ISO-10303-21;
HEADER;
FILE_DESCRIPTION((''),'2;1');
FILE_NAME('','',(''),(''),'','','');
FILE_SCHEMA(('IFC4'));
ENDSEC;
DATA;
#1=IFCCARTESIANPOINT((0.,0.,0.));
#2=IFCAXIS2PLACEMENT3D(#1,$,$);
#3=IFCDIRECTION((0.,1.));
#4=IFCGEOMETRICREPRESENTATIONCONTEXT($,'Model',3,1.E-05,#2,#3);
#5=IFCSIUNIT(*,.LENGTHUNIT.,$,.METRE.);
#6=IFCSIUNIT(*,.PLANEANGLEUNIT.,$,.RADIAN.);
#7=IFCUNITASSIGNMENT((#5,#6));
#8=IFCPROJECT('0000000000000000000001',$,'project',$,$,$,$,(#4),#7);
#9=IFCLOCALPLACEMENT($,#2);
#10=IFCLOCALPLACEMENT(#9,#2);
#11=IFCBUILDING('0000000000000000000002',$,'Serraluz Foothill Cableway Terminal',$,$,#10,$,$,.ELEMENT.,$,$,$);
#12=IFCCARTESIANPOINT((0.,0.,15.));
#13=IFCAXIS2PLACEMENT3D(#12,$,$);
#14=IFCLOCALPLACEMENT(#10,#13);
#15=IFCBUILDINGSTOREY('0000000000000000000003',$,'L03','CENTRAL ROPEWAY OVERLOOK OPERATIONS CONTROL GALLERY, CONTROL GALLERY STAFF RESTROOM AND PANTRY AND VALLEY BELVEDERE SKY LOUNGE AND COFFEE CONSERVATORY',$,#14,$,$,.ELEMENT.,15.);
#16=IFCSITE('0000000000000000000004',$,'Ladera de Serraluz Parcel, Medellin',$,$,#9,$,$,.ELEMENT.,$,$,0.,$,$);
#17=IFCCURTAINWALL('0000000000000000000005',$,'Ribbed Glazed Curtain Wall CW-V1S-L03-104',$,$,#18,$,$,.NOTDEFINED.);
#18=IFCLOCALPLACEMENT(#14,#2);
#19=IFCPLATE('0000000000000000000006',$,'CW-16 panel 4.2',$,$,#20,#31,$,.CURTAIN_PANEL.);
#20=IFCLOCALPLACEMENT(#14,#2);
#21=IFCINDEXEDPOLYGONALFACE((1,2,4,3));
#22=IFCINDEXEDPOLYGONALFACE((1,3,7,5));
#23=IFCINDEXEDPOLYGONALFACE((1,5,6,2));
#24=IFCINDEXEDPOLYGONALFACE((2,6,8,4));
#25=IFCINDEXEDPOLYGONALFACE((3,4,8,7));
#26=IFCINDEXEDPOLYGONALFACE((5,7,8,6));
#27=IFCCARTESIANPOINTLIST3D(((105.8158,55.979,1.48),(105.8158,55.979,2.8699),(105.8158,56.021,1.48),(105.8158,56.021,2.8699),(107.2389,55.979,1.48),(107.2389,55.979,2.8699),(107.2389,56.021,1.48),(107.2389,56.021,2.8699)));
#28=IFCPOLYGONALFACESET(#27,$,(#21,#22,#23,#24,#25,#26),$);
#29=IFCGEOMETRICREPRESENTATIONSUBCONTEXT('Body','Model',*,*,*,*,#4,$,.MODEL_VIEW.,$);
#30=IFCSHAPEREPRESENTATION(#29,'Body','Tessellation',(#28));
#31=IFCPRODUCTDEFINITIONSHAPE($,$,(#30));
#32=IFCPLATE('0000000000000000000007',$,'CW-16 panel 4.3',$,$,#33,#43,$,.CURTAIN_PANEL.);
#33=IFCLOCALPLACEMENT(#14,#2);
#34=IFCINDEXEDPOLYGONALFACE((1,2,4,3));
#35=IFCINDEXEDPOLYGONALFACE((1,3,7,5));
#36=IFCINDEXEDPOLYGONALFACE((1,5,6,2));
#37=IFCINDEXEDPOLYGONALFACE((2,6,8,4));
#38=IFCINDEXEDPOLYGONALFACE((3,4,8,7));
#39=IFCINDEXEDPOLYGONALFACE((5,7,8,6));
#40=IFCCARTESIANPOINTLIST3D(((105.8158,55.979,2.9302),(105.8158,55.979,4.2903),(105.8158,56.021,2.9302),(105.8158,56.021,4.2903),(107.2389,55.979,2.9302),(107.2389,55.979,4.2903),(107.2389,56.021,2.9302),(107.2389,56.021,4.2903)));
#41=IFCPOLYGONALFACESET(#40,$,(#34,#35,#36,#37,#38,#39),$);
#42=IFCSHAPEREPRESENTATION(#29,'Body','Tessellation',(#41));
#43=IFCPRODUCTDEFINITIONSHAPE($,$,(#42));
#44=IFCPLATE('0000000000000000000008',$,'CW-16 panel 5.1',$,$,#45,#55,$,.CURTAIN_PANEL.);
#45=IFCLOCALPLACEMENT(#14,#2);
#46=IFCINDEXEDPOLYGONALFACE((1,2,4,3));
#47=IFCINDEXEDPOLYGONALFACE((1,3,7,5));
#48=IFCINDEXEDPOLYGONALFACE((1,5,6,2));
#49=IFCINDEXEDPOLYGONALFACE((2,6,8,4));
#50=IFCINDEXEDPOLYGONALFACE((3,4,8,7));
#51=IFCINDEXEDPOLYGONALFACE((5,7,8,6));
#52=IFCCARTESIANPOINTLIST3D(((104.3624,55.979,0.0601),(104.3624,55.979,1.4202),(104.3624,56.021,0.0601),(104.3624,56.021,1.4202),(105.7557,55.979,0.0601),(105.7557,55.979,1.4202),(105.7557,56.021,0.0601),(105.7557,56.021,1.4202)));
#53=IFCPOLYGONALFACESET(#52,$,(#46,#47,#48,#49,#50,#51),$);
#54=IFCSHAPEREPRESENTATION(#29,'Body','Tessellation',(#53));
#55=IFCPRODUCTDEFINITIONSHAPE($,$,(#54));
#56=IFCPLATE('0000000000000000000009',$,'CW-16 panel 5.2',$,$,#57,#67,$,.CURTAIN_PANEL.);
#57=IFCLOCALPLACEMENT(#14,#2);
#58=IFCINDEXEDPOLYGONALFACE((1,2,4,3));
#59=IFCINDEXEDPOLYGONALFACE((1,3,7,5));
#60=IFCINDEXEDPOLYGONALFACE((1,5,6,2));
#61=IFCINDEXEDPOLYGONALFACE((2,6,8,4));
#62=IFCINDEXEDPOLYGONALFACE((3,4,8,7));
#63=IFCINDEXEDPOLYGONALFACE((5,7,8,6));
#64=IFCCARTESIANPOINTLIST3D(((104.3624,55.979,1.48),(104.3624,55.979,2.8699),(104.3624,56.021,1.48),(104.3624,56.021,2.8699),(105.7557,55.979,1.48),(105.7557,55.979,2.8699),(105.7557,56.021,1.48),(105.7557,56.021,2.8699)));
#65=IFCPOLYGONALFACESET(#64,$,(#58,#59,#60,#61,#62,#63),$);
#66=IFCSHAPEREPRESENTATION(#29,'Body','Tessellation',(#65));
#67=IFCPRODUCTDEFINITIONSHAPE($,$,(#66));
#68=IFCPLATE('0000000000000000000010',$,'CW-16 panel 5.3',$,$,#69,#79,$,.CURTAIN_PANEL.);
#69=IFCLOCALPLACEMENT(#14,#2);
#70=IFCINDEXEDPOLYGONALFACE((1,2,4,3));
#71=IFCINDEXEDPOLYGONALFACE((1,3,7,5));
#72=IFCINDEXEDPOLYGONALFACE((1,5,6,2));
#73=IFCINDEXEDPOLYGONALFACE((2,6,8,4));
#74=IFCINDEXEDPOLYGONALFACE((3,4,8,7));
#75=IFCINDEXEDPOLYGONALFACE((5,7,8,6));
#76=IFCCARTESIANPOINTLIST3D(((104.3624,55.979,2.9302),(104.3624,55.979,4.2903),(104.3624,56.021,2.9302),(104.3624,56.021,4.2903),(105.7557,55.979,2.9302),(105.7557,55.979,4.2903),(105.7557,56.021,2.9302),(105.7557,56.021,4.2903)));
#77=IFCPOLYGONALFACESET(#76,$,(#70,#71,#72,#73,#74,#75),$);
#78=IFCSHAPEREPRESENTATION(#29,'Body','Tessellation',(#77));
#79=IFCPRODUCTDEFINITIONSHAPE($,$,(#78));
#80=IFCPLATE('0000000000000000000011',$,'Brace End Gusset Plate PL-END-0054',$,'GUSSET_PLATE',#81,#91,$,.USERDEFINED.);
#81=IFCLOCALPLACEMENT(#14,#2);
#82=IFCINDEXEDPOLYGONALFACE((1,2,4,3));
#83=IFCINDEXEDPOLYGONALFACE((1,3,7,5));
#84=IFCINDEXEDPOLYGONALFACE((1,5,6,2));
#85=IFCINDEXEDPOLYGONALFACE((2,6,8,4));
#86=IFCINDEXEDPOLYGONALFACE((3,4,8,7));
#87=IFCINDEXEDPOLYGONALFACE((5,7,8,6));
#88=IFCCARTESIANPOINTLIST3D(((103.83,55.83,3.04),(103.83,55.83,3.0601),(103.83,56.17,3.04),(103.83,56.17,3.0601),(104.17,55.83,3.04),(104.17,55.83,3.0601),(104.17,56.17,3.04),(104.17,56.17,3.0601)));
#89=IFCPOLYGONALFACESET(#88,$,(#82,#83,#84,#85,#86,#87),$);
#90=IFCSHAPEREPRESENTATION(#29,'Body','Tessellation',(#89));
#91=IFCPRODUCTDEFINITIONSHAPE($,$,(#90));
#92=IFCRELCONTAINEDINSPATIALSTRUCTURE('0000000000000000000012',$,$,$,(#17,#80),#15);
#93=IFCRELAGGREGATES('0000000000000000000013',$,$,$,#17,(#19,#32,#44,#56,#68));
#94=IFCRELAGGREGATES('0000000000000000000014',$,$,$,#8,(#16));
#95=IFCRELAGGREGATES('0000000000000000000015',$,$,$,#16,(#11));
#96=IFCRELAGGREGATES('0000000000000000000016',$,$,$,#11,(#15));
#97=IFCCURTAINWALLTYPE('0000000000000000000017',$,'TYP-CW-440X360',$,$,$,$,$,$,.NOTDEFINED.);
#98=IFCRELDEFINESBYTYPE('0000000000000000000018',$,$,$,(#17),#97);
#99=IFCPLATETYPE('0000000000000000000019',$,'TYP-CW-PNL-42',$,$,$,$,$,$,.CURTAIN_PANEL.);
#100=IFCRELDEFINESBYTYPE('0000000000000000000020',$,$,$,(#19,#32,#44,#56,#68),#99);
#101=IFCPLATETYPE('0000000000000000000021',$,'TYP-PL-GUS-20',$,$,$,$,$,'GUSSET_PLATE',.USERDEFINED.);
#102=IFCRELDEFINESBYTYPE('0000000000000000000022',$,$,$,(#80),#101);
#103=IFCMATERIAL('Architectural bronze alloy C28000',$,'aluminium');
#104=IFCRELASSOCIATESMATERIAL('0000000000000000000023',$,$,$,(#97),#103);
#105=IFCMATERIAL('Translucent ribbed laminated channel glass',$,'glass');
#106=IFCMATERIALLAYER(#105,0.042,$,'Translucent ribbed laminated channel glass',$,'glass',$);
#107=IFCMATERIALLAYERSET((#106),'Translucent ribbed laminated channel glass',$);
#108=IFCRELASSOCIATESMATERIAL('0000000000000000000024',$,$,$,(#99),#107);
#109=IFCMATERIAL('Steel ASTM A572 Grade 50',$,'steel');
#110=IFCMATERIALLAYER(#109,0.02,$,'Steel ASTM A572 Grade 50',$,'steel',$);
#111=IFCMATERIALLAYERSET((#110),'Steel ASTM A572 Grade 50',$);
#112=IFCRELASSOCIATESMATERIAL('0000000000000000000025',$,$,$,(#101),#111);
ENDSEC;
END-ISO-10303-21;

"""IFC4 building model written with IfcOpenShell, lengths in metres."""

from ifc_helpers import new_model, si_unit, direction, frame, origin, origin_2d, place, context, subcontext, project, spatial, rectangle, extrude, material, layer, layer_set, type_object, element, aggregate, save


model = new_model("IFC4")

# Units and contexts
model_context = context("Model", 3, precision=1e-05, world=origin(), true_north=direction((0.0, 1.0)))
body_context = subcontext(model_context, "Body", "Model", "MODEL_VIEW")
ifc_project = project(units=[si_unit("LENGTHUNIT", "METRE"), si_unit("PLANEANGLEUNIT", "RADIAN")], contexts=[model_context])

# Site, building, storey
site_placement = place(None, origin())
site = spatial("IfcSite", under=ifc_project, at=site_placement, Name="Ladera de Serraluz Parcel, Medellin", CompositionType="ELEMENT", RefElevation=0.0)
building_placement = place(site_placement, origin())
building = spatial("IfcBuilding", under=site, at=building_placement, Name="Serraluz Foothill Cableway Terminal", CompositionType="ELEMENT")
storey_placement = place(building_placement, frame((0.0, 0.0, 15.0)))
storey = spatial("IfcBuildingStorey", under=building, at=storey_placement, Name="L03", Description="CENTRAL ROPEWAY OVERLOOK OPERATIONS CONTROL GALLERY, CONTROL GALLERY STAFF RESTROOM AND PANTRY AND VALLEY BELVEDERE SKY LOUNGE AND COFFEE CONSERVATORY", CompositionType="ELEMENT", Elevation=15.0)

# Curtain wall
ifc_material_1 = material(Name="Architectural bronze alloy C28000", Category="aluminium")
curtain_wall_type_1 = type_object("IfcCurtainWallType", Name="TYP-CW-440X360", PredefinedType="NOTDEFINED", material=ifc_material_1)
curtain_wall_1_placement = place(storey_placement, origin())
curtain_wall_1 = element("IfcCurtainWall", 1, at=curtain_wall_1_placement, inside=storey, type_object=curtain_wall_type_1, Name="Ribbed Glazed Curtain Wall CW-V1S-L03-104", PredefinedType="NOTDEFINED")

# Shared definitions
ifc_material_2 = material(Name="Steel ASTM A572 Grade 50", Category="steel")

# Plates
ifc_material_3 = material(Name="Translucent ribbed laminated channel glass", Category="glass")
ifc_layer_1 = layer(ifc_material_3, 0.042, Name="Translucent ribbed laminated channel glass", Category="glass")
ifc_layer_set_1 = layer_set([ifc_layer_1], Name="Translucent ribbed laminated channel glass")
plate_type_1 = type_object("IfcPlateType", Name="TYP-CW-PNL-42", PredefinedType="CURTAIN_PANEL", material=ifc_layer_set_1)
plate_1_placement = place(storey_placement, frame((106.5273, 56.0, 1.48), z_axis=(0.0, 0.0, 1.0), x_axis=(-1.0, 0.0, 0.0)))
plate_1 = element("IfcPlate", 2, at=plate_1_placement, type_object=plate_type_1, Name="CW-16 panel 4.2", PredefinedType="CURTAIN_PANEL", context=body_context, shape_type="SweptSolid", body=[
    extrude(rectangle(XDim=1.4231, YDim=0.042, at=origin_2d()), origin(), (0.0, 0.0, 1.0), 1.3899),
])
plate_2_placement = place(storey_placement, frame((106.5273, 56.0, 2.9302), z_axis=(0.0, 0.0, 1.0), x_axis=(-1.0, 0.0, 0.0)))
plate_2 = element("IfcPlate", 3, at=plate_2_placement, type_object=plate_type_1, Name="CW-16 panel 4.3", PredefinedType="CURTAIN_PANEL", context=body_context, shape_type="SweptSolid", body=[
    extrude(rectangle(XDim=1.4231, YDim=0.042, at=origin_2d()), origin(), (0.0, 0.0, 1.0), 1.3601),
])
plate_3_placement = place(storey_placement, frame((105.0591, 56.0, 0.0601), z_axis=(0.0, 0.0, 1.0), x_axis=(-1.0, 0.0, 0.0)))
plate_3 = element("IfcPlate", 4, at=plate_3_placement, type_object=plate_type_1, Name="CW-16 panel 5.1", PredefinedType="CURTAIN_PANEL", context=body_context, shape_type="SweptSolid", body=[
    extrude(rectangle(XDim=1.3933, YDim=0.042, at=origin_2d()), origin(), (0.0, 0.0, 1.0), 1.3601),
])
plate_4_placement = place(storey_placement, frame((105.0591, 56.0, 1.48), z_axis=(0.0, 0.0, 1.0), x_axis=(-1.0, 0.0, 0.0)))
plate_4 = element("IfcPlate", 5, at=plate_4_placement, type_object=plate_type_1, Name="CW-16 panel 5.2", PredefinedType="CURTAIN_PANEL", context=body_context, shape_type="SweptSolid", body=[
    extrude(rectangle(XDim=1.3933, YDim=0.042, at=origin_2d()), origin(), (0.0, 0.0, 1.0), 1.3899),
])
plate_5_placement = place(storey_placement, frame((105.0591, 56.0, 2.9302), z_axis=(0.0, 0.0, 1.0), x_axis=(-1.0, 0.0, 0.0)))
plate_5 = element("IfcPlate", 6, at=plate_5_placement, type_object=plate_type_1, Name="CW-16 panel 5.3", PredefinedType="CURTAIN_PANEL", context=body_context, shape_type="SweptSolid", body=[
    extrude(rectangle(XDim=1.3933, YDim=0.042, at=origin_2d()), origin(), (0.0, 0.0, 1.0), 1.3601),
])
aggregate(curtain_wall_1, [plate_1, plate_2, plate_3, plate_4, plate_5])
ifc_layer_2 = layer(ifc_material_2, 0.02, Name="Steel ASTM A572 Grade 50", Category="steel")
ifc_layer_set_2 = layer_set([ifc_layer_2], Name="Steel ASTM A572 Grade 50")
plate_type_2 = type_object("IfcPlateType", Name="TYP-PL-GUS-20", ElementType="GUSSET_PLATE", PredefinedType="USERDEFINED", material=ifc_layer_set_2)
plate_6_placement = place(storey_placement, frame((104.0, 56.0, 3.04), z_axis=(0.0, 0.0, 1.0), x_axis=(1.0, 0.0, 0.0)))
element("IfcPlate", 7, at=plate_6_placement, inside=storey, type_object=plate_type_2, Name="Brace End Gusset Plate PL-END-0054", ObjectType="GUSSET_PLATE", PredefinedType="USERDEFINED", context=body_context, shape_type="SweptSolid", body=[
    extrude(rectangle(XDim=0.3401, YDim=0.3401, at=origin_2d()), origin(), (0.0, 0.0, 1.0), 0.02),
])

save(model, "model.ifc")
